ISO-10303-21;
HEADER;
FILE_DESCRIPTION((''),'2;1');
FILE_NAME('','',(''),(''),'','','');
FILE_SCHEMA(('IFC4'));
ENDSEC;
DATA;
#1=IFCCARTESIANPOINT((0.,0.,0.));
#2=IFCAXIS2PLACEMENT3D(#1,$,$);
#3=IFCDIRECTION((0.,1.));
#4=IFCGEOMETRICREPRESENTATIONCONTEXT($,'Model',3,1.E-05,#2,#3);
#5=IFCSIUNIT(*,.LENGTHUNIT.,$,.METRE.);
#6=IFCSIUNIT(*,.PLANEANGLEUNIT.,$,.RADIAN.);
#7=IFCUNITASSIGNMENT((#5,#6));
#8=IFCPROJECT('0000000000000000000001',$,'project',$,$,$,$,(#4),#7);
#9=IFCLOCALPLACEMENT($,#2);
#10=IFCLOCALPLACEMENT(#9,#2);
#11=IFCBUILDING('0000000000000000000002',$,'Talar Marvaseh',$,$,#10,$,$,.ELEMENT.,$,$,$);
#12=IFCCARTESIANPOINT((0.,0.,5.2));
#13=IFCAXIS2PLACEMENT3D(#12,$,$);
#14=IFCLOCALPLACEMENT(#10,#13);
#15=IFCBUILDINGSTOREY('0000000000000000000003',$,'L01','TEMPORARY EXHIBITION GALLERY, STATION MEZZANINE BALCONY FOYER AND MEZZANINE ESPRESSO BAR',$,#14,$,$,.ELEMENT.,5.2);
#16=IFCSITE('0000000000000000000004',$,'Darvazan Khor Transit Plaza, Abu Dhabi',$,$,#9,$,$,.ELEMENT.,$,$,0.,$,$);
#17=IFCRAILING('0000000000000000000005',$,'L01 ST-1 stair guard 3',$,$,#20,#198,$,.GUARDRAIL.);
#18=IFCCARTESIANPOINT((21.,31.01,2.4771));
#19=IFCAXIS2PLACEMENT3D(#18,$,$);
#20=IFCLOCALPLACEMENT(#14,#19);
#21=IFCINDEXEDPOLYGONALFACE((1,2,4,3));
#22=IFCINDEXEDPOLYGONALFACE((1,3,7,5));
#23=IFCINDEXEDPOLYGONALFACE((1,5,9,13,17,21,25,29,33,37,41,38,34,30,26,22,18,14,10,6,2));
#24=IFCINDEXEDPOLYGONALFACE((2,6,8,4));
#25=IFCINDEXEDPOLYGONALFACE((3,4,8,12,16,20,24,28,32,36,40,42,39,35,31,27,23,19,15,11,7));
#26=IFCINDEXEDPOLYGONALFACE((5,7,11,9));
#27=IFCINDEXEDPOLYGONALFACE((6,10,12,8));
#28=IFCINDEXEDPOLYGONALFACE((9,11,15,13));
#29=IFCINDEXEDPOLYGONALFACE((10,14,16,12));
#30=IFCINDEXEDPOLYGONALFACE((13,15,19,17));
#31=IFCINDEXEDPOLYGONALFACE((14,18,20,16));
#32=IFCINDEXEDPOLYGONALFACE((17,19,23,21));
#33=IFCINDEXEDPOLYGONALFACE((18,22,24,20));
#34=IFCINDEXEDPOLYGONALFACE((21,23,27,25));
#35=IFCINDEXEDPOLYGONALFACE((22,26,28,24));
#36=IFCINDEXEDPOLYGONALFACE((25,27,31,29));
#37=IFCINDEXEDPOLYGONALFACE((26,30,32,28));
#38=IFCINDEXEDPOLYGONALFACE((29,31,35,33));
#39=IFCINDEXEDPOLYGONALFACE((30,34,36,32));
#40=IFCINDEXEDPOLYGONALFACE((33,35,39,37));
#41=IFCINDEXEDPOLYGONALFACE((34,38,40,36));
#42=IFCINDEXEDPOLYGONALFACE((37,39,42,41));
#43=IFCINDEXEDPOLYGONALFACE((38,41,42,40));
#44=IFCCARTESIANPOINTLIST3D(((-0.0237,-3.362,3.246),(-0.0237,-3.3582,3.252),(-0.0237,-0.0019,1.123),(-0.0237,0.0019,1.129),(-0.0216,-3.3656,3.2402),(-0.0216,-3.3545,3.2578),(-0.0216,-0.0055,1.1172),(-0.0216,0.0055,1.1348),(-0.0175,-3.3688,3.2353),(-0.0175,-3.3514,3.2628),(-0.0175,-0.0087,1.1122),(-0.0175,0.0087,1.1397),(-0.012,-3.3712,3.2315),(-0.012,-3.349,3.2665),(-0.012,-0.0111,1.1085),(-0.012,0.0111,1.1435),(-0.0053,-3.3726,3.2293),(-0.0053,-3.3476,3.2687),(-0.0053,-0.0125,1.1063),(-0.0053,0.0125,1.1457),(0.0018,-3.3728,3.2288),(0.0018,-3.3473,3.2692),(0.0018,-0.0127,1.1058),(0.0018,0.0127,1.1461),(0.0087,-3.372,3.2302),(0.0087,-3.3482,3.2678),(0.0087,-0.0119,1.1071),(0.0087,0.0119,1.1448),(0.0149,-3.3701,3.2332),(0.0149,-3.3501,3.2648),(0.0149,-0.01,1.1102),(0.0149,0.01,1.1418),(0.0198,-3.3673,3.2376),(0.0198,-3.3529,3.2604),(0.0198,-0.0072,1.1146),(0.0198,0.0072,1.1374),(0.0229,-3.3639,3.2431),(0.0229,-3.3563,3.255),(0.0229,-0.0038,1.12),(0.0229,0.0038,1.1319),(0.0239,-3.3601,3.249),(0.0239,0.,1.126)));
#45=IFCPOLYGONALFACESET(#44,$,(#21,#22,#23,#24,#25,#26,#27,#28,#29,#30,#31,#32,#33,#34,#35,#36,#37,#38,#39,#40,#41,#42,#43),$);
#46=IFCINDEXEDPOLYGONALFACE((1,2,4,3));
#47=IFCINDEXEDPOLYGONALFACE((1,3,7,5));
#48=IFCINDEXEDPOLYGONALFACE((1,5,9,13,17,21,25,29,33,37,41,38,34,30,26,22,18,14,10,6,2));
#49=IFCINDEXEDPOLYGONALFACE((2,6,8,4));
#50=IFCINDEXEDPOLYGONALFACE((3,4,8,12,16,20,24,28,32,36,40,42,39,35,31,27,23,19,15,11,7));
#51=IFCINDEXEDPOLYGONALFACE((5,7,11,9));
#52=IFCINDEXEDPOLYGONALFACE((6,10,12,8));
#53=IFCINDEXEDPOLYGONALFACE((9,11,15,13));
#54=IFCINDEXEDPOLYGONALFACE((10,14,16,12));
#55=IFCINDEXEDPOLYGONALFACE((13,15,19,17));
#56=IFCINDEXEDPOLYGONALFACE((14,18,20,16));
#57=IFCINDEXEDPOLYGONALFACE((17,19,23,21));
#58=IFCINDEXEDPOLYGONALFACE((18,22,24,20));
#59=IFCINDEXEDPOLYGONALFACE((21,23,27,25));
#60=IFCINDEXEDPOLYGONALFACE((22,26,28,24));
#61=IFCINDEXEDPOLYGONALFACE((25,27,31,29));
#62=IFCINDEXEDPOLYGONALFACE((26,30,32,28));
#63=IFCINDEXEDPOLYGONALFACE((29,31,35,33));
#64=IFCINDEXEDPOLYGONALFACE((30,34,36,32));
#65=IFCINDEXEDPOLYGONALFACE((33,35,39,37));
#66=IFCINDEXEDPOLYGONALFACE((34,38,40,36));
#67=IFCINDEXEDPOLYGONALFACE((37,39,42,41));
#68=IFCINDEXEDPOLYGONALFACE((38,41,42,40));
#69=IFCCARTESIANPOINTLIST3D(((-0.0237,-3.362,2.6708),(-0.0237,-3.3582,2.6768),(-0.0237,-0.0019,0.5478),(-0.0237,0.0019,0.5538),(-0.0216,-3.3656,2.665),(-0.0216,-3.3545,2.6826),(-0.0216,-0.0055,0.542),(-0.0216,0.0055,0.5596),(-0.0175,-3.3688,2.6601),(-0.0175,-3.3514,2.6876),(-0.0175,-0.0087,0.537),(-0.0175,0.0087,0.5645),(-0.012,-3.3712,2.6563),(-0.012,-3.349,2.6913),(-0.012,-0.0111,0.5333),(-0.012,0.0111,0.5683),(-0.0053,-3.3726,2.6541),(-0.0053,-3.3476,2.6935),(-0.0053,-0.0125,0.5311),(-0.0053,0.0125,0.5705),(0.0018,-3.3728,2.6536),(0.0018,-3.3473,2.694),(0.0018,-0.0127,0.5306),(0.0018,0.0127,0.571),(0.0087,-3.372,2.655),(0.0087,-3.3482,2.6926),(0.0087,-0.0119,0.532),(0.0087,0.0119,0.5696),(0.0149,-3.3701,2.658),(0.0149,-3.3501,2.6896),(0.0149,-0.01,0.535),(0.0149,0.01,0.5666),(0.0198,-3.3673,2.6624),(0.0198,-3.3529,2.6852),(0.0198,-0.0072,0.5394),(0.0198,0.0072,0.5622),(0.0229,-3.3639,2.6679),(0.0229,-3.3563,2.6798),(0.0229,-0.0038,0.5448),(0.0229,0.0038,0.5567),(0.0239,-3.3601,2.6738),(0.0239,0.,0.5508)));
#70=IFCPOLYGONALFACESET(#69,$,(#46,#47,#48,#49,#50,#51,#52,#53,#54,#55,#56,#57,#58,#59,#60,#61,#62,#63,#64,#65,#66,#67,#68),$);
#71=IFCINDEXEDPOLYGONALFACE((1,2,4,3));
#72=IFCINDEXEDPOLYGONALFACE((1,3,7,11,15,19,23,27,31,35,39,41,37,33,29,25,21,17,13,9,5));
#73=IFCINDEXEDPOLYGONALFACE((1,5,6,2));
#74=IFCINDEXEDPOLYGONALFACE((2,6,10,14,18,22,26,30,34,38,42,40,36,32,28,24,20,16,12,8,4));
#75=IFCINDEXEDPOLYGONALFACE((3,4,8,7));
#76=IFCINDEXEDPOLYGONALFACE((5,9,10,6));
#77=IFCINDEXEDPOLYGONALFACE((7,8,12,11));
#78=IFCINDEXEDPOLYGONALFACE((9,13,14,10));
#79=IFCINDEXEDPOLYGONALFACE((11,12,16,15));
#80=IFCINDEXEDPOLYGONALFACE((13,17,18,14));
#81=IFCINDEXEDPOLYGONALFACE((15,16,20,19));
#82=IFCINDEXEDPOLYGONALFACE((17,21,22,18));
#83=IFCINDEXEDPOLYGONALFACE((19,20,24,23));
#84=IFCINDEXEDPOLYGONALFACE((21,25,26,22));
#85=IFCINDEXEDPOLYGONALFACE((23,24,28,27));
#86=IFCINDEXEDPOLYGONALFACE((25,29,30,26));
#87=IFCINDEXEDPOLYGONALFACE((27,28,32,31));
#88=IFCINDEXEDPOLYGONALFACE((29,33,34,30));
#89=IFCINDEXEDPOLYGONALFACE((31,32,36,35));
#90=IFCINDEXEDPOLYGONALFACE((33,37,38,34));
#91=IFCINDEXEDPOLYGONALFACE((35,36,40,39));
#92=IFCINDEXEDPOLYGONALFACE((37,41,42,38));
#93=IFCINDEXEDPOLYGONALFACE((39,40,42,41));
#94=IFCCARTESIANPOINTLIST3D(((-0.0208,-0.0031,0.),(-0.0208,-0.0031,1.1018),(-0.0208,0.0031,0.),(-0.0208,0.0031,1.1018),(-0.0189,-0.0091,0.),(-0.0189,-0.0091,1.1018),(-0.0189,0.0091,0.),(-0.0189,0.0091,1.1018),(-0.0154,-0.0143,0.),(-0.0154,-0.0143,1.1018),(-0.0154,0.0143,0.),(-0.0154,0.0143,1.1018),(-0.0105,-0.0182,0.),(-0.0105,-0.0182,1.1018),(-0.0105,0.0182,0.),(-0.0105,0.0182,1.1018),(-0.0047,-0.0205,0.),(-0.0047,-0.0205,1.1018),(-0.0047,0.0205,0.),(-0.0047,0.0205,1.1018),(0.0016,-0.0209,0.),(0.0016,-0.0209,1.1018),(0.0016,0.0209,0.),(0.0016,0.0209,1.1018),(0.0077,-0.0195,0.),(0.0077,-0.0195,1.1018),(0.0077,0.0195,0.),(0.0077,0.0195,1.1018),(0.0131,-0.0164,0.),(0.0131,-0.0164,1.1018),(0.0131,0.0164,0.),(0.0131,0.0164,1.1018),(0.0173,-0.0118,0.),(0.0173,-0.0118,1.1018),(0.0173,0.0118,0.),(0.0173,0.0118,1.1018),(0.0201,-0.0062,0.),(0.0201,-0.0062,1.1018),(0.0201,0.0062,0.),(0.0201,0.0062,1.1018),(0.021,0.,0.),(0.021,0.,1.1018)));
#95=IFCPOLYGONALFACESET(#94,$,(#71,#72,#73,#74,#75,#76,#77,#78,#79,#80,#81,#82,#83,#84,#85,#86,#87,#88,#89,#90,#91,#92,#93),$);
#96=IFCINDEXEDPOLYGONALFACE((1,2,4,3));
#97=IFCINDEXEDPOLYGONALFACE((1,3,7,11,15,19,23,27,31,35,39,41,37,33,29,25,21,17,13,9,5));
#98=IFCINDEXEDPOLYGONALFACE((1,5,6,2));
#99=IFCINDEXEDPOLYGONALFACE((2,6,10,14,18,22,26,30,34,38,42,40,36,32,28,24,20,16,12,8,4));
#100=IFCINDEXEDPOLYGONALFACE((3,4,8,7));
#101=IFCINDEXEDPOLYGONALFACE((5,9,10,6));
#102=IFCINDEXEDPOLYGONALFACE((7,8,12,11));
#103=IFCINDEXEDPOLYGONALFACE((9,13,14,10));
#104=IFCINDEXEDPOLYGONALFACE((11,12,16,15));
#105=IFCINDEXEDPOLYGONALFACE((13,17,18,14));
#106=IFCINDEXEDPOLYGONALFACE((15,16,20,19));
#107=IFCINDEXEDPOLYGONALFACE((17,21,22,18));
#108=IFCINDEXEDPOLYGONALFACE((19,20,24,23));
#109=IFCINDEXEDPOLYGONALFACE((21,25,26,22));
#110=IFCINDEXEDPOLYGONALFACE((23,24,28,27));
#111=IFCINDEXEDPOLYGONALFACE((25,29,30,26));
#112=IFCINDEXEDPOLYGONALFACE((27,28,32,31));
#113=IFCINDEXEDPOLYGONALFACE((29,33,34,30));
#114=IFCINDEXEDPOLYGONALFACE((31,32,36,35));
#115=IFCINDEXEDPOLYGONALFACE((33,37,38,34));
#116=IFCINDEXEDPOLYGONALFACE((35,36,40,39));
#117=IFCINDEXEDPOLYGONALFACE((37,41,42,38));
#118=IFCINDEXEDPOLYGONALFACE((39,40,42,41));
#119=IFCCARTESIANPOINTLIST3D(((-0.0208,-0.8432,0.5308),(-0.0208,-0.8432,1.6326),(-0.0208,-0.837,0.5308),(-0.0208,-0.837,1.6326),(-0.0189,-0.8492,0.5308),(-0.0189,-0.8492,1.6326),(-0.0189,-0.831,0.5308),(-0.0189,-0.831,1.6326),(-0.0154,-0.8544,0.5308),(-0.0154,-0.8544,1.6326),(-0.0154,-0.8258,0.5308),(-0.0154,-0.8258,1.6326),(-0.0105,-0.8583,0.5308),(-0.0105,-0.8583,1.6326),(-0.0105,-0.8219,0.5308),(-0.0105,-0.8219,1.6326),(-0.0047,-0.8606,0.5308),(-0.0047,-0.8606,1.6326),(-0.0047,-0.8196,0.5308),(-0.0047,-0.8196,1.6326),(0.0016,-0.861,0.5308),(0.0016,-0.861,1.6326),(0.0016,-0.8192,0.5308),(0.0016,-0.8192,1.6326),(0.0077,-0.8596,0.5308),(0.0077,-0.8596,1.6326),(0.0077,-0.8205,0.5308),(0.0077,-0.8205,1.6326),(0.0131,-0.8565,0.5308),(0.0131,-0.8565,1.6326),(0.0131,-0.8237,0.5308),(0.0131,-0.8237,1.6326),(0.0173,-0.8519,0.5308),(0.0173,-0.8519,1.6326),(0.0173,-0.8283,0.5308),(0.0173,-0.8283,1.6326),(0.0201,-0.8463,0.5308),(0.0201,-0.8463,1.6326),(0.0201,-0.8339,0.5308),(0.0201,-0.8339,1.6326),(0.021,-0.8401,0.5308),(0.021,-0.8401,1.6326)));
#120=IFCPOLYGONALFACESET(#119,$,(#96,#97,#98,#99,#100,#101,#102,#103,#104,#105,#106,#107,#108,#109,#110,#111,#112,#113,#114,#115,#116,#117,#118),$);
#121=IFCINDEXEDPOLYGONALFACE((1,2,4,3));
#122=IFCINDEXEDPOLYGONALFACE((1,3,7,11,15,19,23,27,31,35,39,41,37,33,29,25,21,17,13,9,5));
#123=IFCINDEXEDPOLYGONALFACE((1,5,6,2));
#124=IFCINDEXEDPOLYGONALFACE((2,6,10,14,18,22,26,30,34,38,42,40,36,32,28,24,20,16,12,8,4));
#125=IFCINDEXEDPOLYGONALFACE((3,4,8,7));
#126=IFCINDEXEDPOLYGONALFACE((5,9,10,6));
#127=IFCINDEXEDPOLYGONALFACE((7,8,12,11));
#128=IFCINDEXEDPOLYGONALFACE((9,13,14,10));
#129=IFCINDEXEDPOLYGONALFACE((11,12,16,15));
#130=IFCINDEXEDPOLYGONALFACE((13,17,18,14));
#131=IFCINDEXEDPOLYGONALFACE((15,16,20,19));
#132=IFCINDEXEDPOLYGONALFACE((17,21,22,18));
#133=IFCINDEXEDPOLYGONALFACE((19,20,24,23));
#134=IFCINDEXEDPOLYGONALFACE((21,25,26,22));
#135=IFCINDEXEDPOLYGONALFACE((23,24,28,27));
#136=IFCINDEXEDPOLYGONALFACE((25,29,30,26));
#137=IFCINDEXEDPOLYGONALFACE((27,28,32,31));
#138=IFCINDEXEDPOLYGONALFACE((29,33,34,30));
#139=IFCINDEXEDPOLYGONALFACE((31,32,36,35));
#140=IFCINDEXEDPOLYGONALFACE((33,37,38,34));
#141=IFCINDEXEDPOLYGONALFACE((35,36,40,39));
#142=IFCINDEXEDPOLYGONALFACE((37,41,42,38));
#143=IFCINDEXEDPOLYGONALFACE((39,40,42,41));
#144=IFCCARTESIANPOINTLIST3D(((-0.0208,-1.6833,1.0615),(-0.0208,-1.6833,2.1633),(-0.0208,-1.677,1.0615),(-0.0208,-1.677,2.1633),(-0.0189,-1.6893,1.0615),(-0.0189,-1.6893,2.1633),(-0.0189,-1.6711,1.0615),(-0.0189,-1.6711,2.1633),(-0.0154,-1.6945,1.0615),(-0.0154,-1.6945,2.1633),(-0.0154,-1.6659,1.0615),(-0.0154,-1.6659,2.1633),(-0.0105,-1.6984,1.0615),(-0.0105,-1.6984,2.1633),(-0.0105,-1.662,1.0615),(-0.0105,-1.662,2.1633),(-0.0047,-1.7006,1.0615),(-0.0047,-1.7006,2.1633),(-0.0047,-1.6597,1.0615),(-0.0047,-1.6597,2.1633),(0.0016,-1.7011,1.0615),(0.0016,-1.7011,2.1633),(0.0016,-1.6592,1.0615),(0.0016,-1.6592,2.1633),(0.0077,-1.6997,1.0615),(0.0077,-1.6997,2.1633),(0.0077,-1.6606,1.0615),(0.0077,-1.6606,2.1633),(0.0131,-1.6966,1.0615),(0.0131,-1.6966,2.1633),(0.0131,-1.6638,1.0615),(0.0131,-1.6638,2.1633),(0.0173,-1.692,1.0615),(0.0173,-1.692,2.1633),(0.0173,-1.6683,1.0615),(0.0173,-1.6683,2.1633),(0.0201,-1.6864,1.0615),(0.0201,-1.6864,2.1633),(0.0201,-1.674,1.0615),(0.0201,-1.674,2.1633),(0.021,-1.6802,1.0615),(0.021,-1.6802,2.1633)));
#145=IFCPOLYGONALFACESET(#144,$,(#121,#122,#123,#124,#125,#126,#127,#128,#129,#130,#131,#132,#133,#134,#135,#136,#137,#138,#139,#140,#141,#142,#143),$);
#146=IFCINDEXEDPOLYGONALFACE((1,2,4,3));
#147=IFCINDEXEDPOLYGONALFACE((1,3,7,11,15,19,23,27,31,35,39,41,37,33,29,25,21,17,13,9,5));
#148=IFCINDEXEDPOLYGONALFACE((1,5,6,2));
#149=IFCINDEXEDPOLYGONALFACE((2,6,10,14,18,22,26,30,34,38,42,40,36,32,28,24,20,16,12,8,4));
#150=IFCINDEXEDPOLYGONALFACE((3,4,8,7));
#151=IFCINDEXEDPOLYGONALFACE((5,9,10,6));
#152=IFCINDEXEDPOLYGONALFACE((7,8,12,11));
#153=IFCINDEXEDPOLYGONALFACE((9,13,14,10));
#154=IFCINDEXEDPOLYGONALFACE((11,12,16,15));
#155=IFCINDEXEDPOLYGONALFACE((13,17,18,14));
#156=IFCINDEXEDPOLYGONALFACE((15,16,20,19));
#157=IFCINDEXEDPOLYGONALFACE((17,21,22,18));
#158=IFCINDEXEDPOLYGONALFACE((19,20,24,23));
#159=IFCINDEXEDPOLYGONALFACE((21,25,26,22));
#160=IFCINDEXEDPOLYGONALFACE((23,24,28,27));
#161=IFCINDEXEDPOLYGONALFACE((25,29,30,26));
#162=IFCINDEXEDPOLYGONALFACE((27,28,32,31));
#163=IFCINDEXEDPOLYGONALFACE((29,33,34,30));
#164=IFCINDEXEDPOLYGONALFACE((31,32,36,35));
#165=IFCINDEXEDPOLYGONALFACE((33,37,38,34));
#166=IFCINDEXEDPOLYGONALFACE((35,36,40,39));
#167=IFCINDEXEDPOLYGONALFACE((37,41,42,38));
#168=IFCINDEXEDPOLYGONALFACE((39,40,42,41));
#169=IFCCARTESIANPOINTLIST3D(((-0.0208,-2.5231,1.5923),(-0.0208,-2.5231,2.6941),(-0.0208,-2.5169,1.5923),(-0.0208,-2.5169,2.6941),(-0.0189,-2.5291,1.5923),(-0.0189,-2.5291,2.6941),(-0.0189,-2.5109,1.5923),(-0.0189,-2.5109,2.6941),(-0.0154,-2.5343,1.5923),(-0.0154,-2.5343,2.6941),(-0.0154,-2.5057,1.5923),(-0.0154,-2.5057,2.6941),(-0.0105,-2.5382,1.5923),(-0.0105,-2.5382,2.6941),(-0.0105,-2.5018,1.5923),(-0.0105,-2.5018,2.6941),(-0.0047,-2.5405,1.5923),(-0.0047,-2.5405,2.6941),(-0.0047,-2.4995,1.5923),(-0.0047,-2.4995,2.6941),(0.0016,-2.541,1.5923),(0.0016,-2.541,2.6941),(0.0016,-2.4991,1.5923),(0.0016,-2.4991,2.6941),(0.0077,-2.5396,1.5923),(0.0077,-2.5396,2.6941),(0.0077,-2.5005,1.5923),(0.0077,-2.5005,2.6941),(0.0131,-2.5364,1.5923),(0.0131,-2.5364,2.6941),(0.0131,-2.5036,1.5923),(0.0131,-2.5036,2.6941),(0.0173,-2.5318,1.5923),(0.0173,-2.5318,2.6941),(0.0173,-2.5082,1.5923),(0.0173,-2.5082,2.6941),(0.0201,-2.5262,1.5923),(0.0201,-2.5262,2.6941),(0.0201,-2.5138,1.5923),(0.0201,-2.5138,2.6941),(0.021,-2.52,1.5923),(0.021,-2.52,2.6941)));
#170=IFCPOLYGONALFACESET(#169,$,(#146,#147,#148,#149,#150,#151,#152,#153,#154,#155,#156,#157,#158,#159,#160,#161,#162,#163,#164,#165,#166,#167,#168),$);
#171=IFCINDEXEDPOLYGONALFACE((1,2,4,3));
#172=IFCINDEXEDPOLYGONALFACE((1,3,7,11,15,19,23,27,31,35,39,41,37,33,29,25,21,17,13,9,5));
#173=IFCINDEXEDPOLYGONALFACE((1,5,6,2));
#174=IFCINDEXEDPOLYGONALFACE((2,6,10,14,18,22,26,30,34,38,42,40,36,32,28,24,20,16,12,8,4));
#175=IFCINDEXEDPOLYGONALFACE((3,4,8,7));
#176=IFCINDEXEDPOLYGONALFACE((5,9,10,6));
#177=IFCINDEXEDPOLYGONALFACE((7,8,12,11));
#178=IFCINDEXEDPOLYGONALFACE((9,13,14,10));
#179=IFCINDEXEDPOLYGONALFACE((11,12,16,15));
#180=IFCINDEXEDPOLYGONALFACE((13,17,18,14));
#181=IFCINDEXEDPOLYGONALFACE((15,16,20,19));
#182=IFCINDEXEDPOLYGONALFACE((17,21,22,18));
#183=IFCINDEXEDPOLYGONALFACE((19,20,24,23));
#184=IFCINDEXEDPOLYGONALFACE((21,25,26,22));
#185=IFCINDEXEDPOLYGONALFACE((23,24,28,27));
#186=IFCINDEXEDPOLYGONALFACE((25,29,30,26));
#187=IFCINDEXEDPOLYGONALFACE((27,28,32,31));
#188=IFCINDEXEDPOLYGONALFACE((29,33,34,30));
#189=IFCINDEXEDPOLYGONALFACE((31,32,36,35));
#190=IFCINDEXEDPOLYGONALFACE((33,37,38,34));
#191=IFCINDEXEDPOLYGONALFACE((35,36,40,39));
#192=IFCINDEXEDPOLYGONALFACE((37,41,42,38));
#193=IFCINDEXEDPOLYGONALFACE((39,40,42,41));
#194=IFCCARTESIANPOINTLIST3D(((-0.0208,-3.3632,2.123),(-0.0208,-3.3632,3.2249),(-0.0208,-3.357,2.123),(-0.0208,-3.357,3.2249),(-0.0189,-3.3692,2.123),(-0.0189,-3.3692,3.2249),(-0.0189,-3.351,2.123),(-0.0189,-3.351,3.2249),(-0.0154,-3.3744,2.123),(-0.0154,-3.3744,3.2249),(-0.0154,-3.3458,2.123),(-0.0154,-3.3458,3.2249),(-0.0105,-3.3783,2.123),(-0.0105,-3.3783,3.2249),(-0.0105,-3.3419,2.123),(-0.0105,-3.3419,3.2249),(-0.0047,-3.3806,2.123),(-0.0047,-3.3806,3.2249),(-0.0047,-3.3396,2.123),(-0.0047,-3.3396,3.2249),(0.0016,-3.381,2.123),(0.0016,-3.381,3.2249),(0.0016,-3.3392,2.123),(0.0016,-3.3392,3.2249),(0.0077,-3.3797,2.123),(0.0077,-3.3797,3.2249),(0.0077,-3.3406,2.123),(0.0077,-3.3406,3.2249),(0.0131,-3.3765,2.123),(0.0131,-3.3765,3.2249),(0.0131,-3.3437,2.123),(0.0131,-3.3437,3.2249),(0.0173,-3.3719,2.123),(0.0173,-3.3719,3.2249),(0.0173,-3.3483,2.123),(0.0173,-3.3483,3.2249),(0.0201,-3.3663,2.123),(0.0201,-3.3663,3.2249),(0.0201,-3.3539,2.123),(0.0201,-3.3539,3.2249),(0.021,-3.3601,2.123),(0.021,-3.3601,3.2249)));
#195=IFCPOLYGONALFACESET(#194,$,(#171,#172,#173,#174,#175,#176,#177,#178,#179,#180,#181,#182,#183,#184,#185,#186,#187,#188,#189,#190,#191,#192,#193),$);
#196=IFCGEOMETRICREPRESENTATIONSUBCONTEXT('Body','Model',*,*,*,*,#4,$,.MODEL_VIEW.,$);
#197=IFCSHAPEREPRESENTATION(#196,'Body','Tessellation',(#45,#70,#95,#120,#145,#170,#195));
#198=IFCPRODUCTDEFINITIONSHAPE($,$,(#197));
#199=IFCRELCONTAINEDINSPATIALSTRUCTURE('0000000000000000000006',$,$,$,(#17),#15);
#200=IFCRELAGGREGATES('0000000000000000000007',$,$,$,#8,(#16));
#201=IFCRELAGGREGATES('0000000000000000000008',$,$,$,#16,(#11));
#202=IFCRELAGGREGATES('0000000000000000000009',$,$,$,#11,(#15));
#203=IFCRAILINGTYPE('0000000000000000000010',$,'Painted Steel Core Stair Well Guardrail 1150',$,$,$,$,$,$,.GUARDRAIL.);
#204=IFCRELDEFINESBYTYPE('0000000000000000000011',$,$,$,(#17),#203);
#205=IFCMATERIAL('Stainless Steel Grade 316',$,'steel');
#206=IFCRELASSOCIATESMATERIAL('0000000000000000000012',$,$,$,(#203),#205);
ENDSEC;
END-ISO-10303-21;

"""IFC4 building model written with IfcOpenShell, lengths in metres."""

from ifc_helpers import new_model, si_unit, direction, frame, origin, origin_2d, place, context, subcontext, project, spatial, circle, extrude, material, type_object, element, save


model = new_model("IFC4")

# Units and contexts
model_context = context("Model", 3, precision=1e-05, world=origin(), true_north=direction((0.0, 1.0)))
body_context = subcontext(model_context, "Body", "Model", "MODEL_VIEW")
ifc_project = project(units=[si_unit("LENGTHUNIT", "METRE"), si_unit("PLANEANGLEUNIT", "RADIAN")], contexts=[model_context])

# Site, building, storey
site_placement = place(None, origin())
site = spatial("IfcSite", under=ifc_project, at=site_placement, Name="Darvazan Khor Transit Plaza, Abu Dhabi", CompositionType="ELEMENT", RefElevation=0.0)
building_placement = place(site_placement, origin())
building = spatial("IfcBuilding", under=site, at=building_placement, Name="Talar Marvaseh", CompositionType="ELEMENT")
storey_placement = place(building_placement, frame((0.0, 0.0, 5.2)))
storey = spatial("IfcBuildingStorey", under=building, at=storey_placement, Name="L01", Description="TEMPORARY EXHIBITION GALLERY, STATION MEZZANINE BALCONY FOYER AND MEZZANINE ESPRESSO BAR", CompositionType="ELEMENT", Elevation=5.2)

# Railing
ifc_material_1 = material(Name="Stainless Steel Grade 316", Category="steel")
railing_type_1 = type_object("IfcRailingType", Name="Painted Steel Core Stair Well Guardrail 1150", PredefinedType="GUARDRAIL", material=ifc_material_1)
railing_1_placement = place(storey_placement, frame((21.0, 31.01, 2.4771)))
element("IfcRailing", 1, at=railing_1_placement, inside=storey, type_object=railing_type_1, Name="L01 ST-1 stair guard 3", PredefinedType="GUARDRAIL", context=body_context, shape_type="SweptSolid", body=[
    extrude(circle(Radius=0.0239, at=origin_2d()), frame((0.0, 0.0, 1.126), z_axis=(0.0, -0.84539, 0.53415), x_axis=(1.0, 0.0, 0.0)), (0.0, 0.0, 1.0), 3.9746),
    extrude(circle(Radius=0.0239, at=origin_2d()), frame((0.0, 0.0, 0.5508), z_axis=(0.0, -0.84539, 0.53415), x_axis=(1.0, 0.0, 0.0)), (0.0, 0.0, 1.0), 3.9746),
    extrude(circle(Radius=0.021, at=origin_2d()), origin(), (0.0, 0.0, 1.0), 1.1018),
    extrude(circle(Radius=0.021, at=origin_2d()), frame((0.0, -0.8401, 0.5308)), (0.0, 0.0, 1.0), 1.1018),
    extrude(circle(Radius=0.021, at=origin_2d()), frame((0.0, -1.6802, 1.0615)), (0.0, 0.0, 1.0), 1.1018),
    extrude(circle(Radius=0.021, at=origin_2d()), frame((0.0, -2.52, 1.5923)), (0.0, 0.0, 1.0), 1.1018),
    extrude(circle(Radius=0.021, at=origin_2d()), frame((0.0, -3.3601, 2.123)), (0.0, 0.0, 1.0), 1.1018),
])

save(model, "model.ifc")
